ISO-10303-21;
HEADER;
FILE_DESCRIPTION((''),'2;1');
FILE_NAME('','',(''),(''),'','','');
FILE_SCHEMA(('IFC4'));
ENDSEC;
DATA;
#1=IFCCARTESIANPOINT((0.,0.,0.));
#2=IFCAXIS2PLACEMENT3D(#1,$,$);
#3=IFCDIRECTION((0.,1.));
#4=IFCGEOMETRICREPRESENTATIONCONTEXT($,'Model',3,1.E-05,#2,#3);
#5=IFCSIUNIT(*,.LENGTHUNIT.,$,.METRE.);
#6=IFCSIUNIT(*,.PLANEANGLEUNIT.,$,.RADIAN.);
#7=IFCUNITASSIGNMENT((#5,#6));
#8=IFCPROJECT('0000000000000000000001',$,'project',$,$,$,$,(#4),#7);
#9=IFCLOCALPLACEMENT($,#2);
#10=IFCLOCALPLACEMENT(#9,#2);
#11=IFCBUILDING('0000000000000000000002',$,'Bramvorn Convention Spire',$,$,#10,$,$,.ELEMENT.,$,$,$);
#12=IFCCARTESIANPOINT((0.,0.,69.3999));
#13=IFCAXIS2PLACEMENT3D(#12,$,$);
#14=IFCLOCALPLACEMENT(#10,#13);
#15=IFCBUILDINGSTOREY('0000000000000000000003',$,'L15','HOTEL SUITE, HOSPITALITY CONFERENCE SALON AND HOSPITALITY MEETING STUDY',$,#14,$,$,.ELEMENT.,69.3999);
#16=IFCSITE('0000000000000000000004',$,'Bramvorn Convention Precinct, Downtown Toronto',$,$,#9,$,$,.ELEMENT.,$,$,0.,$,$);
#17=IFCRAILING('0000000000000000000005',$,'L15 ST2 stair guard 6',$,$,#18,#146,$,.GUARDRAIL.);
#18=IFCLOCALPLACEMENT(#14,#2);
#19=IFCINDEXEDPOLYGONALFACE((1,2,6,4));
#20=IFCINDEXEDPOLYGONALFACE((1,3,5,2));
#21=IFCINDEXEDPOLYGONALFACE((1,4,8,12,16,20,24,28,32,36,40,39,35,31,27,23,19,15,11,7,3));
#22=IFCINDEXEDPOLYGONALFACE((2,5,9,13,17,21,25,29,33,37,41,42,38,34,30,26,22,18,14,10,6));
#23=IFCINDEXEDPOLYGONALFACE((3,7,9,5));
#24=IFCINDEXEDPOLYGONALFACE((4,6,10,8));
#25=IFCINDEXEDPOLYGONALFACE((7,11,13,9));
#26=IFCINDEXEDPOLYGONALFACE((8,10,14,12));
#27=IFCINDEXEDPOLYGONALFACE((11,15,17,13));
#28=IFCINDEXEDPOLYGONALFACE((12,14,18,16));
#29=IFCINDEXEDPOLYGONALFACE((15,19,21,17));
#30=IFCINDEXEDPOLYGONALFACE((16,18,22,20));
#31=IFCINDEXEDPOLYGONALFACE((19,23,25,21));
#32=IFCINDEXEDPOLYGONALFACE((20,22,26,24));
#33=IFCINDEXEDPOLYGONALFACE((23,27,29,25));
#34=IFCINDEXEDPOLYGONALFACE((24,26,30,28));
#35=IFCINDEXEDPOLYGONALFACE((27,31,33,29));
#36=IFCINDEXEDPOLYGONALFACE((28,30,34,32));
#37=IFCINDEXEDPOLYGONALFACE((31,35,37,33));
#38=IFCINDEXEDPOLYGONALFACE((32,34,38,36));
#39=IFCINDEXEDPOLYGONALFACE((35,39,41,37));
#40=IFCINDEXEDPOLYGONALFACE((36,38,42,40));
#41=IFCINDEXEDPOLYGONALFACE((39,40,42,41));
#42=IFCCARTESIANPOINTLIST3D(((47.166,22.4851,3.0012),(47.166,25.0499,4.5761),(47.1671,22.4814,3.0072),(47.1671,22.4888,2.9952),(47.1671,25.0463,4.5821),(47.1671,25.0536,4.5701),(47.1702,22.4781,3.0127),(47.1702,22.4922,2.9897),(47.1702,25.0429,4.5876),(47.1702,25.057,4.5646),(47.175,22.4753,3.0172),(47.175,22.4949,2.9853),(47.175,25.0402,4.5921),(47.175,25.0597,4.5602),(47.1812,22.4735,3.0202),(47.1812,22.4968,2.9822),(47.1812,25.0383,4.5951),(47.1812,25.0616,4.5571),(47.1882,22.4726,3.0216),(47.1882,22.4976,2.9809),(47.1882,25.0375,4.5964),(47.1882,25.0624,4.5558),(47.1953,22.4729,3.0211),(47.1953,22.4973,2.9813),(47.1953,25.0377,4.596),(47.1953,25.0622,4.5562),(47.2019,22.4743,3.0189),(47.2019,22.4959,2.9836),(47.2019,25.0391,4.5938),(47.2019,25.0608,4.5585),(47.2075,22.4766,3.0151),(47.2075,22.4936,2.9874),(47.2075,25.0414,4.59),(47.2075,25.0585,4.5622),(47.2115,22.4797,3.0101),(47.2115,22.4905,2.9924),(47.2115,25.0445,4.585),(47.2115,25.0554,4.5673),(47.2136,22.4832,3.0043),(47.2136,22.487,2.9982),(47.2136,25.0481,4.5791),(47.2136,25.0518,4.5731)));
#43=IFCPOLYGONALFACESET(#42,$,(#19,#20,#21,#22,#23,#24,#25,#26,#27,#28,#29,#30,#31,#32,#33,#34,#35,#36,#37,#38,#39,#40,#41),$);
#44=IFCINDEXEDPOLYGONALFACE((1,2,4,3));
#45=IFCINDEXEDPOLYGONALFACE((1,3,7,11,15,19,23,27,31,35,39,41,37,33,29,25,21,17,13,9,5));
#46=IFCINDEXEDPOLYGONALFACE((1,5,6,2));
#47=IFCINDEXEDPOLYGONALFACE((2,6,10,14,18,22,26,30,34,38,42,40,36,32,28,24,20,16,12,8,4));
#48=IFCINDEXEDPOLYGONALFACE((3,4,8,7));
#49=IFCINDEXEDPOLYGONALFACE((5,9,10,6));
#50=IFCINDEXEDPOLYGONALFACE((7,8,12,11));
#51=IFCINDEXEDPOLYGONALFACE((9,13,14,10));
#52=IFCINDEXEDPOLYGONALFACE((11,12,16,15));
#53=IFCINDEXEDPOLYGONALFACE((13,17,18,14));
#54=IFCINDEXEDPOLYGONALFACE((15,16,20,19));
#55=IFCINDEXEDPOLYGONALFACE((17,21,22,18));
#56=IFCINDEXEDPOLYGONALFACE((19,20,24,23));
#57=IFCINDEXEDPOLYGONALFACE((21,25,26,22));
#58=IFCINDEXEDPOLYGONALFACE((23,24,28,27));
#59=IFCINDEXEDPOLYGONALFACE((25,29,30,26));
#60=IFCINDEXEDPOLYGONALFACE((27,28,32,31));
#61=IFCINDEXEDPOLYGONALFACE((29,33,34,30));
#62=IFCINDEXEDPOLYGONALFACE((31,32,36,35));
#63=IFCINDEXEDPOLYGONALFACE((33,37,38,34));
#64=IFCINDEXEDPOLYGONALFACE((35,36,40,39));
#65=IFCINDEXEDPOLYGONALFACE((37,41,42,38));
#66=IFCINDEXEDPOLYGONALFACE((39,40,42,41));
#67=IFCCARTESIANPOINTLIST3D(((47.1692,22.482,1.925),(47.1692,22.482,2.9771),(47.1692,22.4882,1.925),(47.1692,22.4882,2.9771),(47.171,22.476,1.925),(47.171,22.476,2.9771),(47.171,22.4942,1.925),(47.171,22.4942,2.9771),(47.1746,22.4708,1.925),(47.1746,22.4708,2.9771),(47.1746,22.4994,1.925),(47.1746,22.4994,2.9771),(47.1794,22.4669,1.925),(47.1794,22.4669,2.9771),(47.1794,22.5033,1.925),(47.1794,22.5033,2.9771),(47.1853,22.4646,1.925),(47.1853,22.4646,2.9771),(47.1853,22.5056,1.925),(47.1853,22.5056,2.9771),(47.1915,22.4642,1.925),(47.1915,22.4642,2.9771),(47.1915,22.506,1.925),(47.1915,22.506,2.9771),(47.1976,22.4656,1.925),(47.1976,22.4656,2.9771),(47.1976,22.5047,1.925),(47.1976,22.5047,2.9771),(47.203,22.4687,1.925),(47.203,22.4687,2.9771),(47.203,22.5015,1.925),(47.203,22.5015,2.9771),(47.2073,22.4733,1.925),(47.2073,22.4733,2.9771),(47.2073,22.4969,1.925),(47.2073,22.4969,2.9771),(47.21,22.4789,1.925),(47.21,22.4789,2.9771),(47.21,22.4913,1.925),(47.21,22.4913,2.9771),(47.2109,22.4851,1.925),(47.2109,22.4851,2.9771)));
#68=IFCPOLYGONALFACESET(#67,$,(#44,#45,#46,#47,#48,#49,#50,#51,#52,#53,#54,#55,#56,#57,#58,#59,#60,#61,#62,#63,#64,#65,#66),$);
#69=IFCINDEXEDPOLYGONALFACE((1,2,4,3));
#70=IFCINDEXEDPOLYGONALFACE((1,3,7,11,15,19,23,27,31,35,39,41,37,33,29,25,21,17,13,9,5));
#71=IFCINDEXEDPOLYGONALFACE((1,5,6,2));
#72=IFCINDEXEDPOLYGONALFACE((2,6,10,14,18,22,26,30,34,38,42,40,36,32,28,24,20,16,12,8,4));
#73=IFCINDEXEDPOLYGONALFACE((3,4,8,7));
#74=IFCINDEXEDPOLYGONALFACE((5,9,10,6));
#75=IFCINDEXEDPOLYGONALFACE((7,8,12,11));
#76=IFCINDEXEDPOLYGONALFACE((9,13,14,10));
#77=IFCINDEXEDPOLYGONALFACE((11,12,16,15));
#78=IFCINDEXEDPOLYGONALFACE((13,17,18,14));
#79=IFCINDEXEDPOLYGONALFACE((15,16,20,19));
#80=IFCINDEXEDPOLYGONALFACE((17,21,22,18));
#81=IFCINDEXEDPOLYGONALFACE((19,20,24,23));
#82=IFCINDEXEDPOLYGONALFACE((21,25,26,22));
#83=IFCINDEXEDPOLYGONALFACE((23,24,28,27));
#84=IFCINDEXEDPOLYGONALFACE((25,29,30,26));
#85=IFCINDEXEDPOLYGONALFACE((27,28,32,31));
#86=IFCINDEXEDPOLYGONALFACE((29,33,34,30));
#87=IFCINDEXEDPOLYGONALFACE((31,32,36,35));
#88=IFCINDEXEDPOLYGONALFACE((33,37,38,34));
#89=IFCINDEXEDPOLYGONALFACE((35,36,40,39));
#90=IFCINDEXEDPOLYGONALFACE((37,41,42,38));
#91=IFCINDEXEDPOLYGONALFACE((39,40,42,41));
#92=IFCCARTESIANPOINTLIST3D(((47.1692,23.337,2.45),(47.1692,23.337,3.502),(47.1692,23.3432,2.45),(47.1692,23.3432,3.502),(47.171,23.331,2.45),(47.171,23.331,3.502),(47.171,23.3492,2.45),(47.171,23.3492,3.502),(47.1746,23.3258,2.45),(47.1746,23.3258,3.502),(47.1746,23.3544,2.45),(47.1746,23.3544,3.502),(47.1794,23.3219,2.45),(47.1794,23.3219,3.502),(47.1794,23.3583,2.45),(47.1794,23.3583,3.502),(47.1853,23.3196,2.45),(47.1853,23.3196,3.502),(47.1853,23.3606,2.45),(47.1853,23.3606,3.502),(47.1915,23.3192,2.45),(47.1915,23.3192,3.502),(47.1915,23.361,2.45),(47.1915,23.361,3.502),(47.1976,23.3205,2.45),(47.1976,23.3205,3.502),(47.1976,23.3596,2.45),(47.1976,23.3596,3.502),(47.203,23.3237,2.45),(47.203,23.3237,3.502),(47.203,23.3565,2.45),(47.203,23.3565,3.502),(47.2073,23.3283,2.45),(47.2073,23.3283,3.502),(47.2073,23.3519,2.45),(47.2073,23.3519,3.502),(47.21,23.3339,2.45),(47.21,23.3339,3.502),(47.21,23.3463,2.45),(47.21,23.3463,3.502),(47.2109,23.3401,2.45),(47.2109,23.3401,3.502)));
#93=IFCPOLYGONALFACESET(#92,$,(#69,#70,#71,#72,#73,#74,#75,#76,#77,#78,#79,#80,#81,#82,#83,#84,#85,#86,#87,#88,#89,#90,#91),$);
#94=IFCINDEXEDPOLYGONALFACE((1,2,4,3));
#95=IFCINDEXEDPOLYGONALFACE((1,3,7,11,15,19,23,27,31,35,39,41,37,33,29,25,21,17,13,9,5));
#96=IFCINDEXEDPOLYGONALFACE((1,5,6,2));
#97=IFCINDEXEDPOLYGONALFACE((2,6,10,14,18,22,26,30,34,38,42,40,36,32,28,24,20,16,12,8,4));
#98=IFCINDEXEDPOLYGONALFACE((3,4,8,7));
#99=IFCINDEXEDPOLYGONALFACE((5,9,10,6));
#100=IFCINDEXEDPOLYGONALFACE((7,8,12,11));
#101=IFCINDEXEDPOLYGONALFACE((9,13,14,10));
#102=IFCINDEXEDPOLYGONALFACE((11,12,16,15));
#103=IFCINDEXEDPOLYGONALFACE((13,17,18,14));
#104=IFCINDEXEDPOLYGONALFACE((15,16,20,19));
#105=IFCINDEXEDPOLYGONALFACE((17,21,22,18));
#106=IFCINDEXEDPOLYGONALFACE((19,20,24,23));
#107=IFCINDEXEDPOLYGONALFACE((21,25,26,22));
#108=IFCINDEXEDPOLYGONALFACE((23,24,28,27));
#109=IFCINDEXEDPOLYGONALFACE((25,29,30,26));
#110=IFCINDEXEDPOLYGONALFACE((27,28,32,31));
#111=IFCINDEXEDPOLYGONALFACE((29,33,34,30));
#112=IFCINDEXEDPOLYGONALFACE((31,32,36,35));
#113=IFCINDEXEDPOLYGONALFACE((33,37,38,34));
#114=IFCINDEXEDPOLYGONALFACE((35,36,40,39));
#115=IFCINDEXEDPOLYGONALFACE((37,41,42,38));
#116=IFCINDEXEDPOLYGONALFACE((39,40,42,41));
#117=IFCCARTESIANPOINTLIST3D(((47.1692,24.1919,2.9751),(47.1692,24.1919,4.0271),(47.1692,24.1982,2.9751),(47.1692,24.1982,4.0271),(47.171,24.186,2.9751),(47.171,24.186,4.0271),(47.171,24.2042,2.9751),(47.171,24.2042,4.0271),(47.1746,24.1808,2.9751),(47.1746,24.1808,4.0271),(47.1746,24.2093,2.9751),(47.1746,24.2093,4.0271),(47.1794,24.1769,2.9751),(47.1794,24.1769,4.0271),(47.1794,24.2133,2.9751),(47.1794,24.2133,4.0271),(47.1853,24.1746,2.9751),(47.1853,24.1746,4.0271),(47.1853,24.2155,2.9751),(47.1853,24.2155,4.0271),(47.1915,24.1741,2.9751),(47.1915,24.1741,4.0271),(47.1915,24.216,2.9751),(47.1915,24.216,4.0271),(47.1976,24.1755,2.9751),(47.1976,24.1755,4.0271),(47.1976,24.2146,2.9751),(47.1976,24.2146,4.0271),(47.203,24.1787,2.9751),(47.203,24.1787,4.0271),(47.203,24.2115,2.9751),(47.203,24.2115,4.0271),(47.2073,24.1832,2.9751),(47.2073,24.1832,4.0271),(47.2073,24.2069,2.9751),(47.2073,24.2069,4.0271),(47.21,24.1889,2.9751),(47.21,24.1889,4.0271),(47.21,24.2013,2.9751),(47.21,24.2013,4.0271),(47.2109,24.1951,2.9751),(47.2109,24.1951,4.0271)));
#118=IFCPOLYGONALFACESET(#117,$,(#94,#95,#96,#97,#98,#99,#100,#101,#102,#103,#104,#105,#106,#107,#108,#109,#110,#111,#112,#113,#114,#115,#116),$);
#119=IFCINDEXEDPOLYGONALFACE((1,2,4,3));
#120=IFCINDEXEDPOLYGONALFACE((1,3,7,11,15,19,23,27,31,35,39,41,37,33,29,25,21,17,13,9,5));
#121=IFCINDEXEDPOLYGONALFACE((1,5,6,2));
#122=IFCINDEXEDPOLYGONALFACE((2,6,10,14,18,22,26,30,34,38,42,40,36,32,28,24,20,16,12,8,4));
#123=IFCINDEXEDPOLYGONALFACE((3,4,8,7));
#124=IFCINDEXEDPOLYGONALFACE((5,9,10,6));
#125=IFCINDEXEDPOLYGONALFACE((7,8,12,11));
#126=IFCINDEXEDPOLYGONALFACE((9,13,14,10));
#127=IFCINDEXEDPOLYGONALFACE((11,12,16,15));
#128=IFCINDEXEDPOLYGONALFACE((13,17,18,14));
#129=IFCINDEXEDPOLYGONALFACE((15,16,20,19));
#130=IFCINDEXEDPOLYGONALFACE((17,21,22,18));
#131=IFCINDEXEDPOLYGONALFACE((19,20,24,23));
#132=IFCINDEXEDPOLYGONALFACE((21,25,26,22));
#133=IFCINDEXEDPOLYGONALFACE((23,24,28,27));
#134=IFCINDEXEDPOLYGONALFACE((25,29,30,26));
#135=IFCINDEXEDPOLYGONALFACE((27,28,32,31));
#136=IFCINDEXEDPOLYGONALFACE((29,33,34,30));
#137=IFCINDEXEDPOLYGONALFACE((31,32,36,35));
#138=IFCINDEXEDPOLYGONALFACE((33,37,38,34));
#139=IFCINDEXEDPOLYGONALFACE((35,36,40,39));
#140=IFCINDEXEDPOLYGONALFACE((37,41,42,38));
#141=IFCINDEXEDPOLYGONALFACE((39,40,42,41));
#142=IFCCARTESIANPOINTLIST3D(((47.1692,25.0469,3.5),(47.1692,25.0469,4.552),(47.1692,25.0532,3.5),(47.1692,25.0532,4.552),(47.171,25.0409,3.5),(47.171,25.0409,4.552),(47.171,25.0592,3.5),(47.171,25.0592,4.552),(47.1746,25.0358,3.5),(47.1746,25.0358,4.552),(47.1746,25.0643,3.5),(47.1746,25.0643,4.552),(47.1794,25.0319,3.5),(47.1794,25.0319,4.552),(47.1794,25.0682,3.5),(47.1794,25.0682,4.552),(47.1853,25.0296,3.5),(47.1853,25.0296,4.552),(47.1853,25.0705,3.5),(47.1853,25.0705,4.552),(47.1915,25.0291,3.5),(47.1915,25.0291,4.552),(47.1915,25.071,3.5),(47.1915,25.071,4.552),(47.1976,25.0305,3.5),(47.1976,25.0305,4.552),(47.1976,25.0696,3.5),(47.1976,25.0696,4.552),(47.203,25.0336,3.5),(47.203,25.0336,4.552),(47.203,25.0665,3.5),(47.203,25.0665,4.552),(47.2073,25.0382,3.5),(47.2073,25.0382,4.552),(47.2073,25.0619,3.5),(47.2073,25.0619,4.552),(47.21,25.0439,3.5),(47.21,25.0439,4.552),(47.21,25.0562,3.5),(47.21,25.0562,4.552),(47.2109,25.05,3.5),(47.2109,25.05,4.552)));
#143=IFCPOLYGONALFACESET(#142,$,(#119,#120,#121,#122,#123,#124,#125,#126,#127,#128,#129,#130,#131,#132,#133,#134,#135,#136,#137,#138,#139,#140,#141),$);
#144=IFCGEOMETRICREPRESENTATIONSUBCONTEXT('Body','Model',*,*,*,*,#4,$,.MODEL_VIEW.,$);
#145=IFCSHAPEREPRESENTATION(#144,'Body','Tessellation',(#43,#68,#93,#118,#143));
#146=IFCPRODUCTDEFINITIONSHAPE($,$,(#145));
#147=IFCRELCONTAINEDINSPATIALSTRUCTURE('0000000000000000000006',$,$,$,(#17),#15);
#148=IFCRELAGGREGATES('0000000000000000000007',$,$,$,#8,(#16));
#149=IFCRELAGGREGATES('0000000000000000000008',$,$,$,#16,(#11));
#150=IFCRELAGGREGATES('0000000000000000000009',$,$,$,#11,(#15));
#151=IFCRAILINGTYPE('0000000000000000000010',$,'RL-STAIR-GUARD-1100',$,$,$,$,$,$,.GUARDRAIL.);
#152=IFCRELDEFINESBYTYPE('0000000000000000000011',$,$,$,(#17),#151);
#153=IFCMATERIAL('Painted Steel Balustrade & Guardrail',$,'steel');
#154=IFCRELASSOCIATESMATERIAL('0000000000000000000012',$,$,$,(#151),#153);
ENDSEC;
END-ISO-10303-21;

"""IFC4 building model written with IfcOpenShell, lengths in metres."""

from ifc_helpers import new_model, si_unit, direction, frame, origin, origin_2d, place, context, subcontext, project, spatial, circle, extrude, material, type_object, element, save


model = new_model("IFC4")

# Units and contexts
model_context = context("Model", 3, precision=1e-05, world=origin(), true_north=direction((0.0, 1.0)))
body_context = subcontext(model_context, "Body", "Model", "MODEL_VIEW")
ifc_project = project(units=[si_unit("LENGTHUNIT", "METRE"), si_unit("PLANEANGLEUNIT", "RADIAN")], contexts=[model_context])

# Site, building, storey
site_placement = place(None, origin())
site = spatial("IfcSite", under=ifc_project, at=site_placement, Name="Bramvorn Convention Precinct, Downtown Toronto", CompositionType="ELEMENT", RefElevation=0.0)
building_placement = place(site_placement, origin())
building = spatial("IfcBuilding", under=site, at=building_placement, Name="Bramvorn Convention Spire", CompositionType="ELEMENT")
storey_placement = place(building_placement, frame((0.0, 0.0, 69.3999)))
storey = spatial("IfcBuildingStorey", under=building, at=storey_placement, Name="L15", Description="HOTEL SUITE, HOSPITALITY CONFERENCE SALON AND HOSPITALITY MEETING STUDY", CompositionType="ELEMENT", Elevation=69.3999)

# Railing
ifc_material_1 = material(Name="Painted Steel Balustrade & Guardrail", Category="steel")
railing_type_1 = type_object("IfcRailingType", Name="RL-STAIR-GUARD-1100", PredefinedType="GUARDRAIL", material=ifc_material_1)
railing_1_placement = place(storey_placement, frame((47.1899, 22.4851, 1.925)))
element("IfcRailing", 1, at=railing_1_placement, inside=storey, type_object=railing_type_1, Name="L15 ST2 stair guard 6", PredefinedType="GUARDRAIL", context=body_context, shape_type="SweptSolid", body=[
    extrude(circle(Radius=0.0239, at=origin_2d()), frame((0.0, 0.0, 1.0762), z_axis=(0.0, 0.852173, 0.52326), x_axis=(-1.0, 0.0, 0.0)), (0.0, 0.0, 1.0), 3.0098),
    extrude(circle(Radius=0.021, at=origin_2d()), origin(), (0.0, 0.0, 1.0), 1.052),
    extrude(circle(Radius=0.021, at=origin_2d()), frame((0.0, 0.855, 0.5249)), (0.0, 0.0, 1.0), 1.052),
    extrude(circle(Radius=0.021, at=origin_2d()), frame((0.0, 1.71, 1.05)), (0.0, 0.0, 1.0), 1.052),
    extrude(circle(Radius=0.021, at=origin_2d()), frame((0.0, 2.5649, 1.575)), (0.0, 0.0, 1.0), 1.052),
])

save(model, "model.ifc")
